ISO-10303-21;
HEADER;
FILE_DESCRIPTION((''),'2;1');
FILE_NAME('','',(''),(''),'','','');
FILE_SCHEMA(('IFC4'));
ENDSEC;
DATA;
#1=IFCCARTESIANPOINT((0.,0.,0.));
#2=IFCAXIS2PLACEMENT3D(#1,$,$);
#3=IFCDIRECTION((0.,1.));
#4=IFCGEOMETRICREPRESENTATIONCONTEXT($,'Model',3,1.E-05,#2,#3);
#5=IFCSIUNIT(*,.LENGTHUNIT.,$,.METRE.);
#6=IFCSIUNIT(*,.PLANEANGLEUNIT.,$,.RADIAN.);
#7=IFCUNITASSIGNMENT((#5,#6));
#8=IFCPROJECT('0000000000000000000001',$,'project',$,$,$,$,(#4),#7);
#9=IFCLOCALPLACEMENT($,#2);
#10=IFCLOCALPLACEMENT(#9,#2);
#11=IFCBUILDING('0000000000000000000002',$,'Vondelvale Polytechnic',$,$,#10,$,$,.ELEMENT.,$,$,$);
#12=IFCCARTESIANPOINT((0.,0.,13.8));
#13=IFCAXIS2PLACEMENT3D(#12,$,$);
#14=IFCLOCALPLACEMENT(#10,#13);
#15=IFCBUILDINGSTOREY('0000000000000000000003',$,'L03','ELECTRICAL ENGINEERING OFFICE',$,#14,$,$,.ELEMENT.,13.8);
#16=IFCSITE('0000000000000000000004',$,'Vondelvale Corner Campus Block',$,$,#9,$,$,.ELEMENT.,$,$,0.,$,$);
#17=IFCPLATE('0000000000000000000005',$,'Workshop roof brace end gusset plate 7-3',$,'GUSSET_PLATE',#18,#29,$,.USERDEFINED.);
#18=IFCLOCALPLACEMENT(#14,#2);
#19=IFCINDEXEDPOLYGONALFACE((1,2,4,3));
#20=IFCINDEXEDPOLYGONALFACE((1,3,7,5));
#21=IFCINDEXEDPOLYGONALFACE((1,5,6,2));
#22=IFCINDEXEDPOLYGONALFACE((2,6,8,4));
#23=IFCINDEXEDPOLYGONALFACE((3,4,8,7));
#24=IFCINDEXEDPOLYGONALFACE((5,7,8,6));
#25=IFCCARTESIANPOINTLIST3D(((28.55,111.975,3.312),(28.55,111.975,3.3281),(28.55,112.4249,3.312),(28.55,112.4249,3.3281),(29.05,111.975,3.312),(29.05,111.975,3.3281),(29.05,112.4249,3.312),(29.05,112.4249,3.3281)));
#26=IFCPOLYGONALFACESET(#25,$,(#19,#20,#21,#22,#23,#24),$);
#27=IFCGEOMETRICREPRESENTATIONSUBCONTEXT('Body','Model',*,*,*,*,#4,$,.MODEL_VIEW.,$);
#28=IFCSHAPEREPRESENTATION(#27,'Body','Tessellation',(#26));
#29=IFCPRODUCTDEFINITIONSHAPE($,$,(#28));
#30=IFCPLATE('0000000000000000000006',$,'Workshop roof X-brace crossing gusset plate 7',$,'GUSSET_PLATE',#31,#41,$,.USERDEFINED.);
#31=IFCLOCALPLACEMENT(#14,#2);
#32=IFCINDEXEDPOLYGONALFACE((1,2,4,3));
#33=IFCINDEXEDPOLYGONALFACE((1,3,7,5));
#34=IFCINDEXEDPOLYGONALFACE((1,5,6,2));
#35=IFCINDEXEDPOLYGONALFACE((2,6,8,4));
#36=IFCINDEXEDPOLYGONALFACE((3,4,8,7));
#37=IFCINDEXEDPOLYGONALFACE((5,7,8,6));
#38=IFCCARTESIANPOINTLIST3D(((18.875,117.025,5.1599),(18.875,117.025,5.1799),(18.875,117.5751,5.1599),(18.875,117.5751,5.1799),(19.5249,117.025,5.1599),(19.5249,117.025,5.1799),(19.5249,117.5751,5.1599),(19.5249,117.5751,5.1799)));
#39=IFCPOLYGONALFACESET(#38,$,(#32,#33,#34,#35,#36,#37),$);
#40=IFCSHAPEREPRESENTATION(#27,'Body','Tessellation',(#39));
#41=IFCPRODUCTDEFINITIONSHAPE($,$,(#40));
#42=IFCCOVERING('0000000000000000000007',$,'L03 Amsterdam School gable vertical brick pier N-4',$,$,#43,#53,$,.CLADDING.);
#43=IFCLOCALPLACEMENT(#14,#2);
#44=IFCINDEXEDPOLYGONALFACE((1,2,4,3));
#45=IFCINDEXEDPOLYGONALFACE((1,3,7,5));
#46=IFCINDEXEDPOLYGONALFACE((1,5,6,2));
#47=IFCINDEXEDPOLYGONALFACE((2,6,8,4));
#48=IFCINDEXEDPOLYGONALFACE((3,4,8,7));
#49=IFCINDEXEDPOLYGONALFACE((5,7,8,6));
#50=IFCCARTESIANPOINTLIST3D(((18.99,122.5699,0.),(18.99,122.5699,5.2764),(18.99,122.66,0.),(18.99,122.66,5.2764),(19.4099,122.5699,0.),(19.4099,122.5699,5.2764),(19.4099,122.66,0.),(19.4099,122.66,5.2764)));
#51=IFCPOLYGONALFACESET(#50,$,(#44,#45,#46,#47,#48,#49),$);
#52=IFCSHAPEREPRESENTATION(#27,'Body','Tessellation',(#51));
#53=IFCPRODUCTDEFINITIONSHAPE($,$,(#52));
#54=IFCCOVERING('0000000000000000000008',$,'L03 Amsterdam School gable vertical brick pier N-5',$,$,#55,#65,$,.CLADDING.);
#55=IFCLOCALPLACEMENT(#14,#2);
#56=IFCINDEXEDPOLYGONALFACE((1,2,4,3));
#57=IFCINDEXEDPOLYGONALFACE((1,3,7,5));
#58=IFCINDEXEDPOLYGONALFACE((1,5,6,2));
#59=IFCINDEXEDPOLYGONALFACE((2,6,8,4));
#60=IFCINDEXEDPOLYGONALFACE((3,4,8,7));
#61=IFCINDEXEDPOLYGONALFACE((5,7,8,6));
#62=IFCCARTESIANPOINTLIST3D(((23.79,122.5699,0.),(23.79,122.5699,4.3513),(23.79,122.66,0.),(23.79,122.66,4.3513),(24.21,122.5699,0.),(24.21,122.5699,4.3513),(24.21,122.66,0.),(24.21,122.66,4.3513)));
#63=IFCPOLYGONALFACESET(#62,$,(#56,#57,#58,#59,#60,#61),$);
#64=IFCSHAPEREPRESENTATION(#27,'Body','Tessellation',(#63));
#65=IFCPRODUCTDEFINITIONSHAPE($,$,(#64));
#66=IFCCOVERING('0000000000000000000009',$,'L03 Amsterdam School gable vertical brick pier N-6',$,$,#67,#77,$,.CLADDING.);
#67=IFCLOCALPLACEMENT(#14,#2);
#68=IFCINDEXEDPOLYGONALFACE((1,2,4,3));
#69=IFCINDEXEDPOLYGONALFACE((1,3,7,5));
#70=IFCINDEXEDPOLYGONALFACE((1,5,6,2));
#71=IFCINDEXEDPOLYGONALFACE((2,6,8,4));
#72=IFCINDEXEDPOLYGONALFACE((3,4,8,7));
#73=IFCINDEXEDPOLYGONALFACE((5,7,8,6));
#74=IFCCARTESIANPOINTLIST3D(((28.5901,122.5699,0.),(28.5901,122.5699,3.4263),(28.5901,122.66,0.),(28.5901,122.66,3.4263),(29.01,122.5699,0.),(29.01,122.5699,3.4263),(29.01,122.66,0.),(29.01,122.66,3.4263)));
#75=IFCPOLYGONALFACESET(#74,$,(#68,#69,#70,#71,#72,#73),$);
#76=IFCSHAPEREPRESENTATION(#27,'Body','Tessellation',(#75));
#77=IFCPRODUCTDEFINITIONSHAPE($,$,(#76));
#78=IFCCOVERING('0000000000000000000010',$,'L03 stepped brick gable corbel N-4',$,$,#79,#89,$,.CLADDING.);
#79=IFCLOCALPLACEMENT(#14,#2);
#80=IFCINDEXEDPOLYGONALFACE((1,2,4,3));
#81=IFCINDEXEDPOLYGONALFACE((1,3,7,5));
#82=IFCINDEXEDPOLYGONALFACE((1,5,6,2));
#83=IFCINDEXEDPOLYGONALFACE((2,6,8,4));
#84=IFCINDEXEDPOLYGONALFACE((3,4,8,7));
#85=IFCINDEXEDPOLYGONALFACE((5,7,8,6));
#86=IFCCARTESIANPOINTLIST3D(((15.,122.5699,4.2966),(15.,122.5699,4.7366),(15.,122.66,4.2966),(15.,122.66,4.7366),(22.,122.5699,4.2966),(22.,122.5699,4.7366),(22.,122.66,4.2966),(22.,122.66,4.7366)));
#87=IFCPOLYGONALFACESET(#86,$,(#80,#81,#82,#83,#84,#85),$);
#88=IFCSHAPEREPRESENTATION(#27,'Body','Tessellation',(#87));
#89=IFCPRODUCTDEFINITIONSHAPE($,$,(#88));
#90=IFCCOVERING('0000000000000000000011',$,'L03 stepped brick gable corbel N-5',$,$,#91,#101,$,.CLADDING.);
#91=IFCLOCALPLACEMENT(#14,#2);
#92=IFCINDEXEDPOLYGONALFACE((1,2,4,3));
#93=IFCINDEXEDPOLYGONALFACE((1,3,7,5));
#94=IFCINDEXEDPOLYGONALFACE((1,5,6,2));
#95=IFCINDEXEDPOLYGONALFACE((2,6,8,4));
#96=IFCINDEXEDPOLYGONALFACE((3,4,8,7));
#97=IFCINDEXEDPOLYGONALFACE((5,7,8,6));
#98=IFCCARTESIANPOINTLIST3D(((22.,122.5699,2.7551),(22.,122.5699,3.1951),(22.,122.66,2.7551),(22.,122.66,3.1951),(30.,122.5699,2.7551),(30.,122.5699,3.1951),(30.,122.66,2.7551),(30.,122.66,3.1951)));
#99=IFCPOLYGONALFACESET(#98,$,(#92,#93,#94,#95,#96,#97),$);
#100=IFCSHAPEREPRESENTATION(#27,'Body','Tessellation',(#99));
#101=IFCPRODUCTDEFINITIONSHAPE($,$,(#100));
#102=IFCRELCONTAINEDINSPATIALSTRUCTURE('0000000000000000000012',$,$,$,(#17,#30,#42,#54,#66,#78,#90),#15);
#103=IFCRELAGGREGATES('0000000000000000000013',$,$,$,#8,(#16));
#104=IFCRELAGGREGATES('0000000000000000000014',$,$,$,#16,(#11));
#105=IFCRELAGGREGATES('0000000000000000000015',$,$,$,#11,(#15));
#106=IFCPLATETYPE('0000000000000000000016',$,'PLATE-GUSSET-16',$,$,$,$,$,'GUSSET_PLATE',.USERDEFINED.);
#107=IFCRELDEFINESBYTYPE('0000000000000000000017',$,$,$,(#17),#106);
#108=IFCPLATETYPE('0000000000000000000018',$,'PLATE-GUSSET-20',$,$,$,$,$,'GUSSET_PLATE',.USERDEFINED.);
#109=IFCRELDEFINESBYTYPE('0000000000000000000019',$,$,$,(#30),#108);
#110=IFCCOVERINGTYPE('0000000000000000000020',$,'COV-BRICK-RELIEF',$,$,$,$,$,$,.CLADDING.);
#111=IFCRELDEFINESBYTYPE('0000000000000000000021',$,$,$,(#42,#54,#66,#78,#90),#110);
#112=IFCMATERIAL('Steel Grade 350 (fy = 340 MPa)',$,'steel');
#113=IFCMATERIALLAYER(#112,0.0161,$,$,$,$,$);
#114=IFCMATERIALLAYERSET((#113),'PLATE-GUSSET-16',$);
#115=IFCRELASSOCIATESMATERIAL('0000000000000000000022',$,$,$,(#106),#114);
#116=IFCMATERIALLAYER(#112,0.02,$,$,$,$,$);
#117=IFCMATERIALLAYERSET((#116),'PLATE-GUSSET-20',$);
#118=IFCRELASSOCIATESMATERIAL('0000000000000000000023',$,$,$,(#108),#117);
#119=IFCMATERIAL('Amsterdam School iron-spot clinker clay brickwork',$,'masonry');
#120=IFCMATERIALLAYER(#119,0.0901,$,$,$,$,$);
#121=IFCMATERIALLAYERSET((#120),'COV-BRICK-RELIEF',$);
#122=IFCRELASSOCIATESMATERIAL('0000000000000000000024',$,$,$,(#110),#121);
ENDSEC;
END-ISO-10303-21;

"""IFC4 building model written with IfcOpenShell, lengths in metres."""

from ifc_helpers import new_model, si_unit, direction, frame, origin, origin_2d, place, context, subcontext, project, spatial, rectangle, extrude, material, layer, layer_set, type_object, element, save


model = new_model("IFC4")

# Units and contexts
model_context = context("Model", 3, precision=1e-05, world=origin(), true_north=direction((0.0, 1.0)))
body_context = subcontext(model_context, "Body", "Model", "MODEL_VIEW")
ifc_project = project(units=[si_unit("LENGTHUNIT", "METRE"), si_unit("PLANEANGLEUNIT", "RADIAN")], contexts=[model_context])

# Site, building, storey
site_placement = place(None, origin())
site = spatial("IfcSite", under=ifc_project, at=site_placement, Name="Vondelvale Corner Campus Block", CompositionType="ELEMENT", RefElevation=0.0)
building_placement = place(site_placement, origin())
building = spatial("IfcBuilding", under=site, at=building_placement, Name="Vondelvale Polytechnic", CompositionType="ELEMENT")
storey_placement = place(building_placement, frame((0.0, 0.0, 13.8)))
storey = spatial("IfcBuildingStorey", under=building, at=storey_placement, Name="L03", Description="ELECTRICAL ENGINEERING OFFICE", CompositionType="ELEMENT", Elevation=13.8)

# Plates
ifc_material_1 = material(Name="Steel Grade 350 (fy = 340 MPa)", Category="steel")
ifc_layer_1 = layer(ifc_material_1, 0.0161)
ifc_layer_set_1 = layer_set([ifc_layer_1], Name="PLATE-GUSSET-16")
plate_type_1 = type_object("IfcPlateType", Name="PLATE-GUSSET-16", ElementType="GUSSET_PLATE", PredefinedType="USERDEFINED", material=ifc_layer_set_1)
for number, where, z_axis, x_axis, name in (
    (1, (28.8, 112.2, 3.312), (0.0, 0.0, 1.0), (1.0, 0.0, 0.0), "Workshop roof brace end gusset plate 7-3"),
):
    element("IfcPlate", number, at=place(storey_placement, frame(where, z_axis=z_axis, x_axis=x_axis)), inside=storey, type_object=plate_type_1, Name=name, ObjectType="GUSSET_PLATE", PredefinedType="USERDEFINED", context=body_context, shape_type="SweptSolid", body=[
        extrude(rectangle(XDim=0.5, YDim=0.45, at=origin_2d()), origin(), (0.0, 0.0, 1.0), 0.0161),
    ])
ifc_layer_2 = layer(ifc_material_1, 0.02)
ifc_layer_set_2 = layer_set([ifc_layer_2], Name="PLATE-GUSSET-20")
plate_type_2 = type_object("IfcPlateType", Name="PLATE-GUSSET-20", ElementType="GUSSET_PLATE", PredefinedType="USERDEFINED", material=ifc_layer_set_2)
plate_placement = place(storey_placement, frame((19.2, 117.3, 5.1599), z_axis=(0.0, 0.0, 1.0), x_axis=(1.0, 0.0, 0.0)))
element("IfcPlate", 2, at=plate_placement, inside=storey, type_object=plate_type_2, Name="Workshop roof X-brace crossing gusset plate 7", ObjectType="GUSSET_PLATE", PredefinedType="USERDEFINED", context=body_context, shape_type="SweptSolid", body=[
    extrude(rectangle(XDim=0.6499, YDim=0.55, at=origin_2d()), origin(), (0.0, 0.0, 1.0), 0.02),
])

# Coverings
ifc_material_2 = material(Name="Amsterdam School iron-spot clinker clay brickwork", Category="masonry")
ifc_layer_3 = layer(ifc_material_2, 0.0901)
ifc_layer_set_3 = layer_set([ifc_layer_3], Name="COV-BRICK-RELIEF")
covering_type = type_object("IfcCoveringType", Name="COV-BRICK-RELIEF", PredefinedType="CLADDING", material=ifc_layer_set_3)
covering_1_placement = place(storey_placement, frame((19.2, 122.615, 0.0), z_axis=(0.0, 0.0, 1.0), x_axis=(1.0, 0.0, 0.0)))
element("IfcCovering", 3, at=covering_1_placement, inside=storey, type_object=covering_type, Name="L03 Amsterdam School gable vertical brick pier N-4", PredefinedType="CLADDING", context=body_context, shape_type="SweptSolid", body=[
    extrude(rectangle(XDim=0.4199, YDim=0.0901, at=origin_2d()), origin(), (0.0, 0.0, 1.0), 5.2764),
])
covering_2_placement = place(storey_placement, frame((24.0, 122.615, 0.0), z_axis=(0.0, 0.0, 1.0), x_axis=(1.0, 0.0, 0.0)))
element("IfcCovering", 4, at=covering_2_placement, inside=storey, type_object=covering_type, Name="L03 Amsterdam School gable vertical brick pier N-5", PredefinedType="CLADDING", context=body_context, shape_type="SweptSolid", body=[
    extrude(rectangle(XDim=0.4199, YDim=0.0901, at=origin_2d()), origin(), (0.0, 0.0, 1.0), 4.3513),
])
covering_3_placement = place(storey_placement, frame((28.8, 122.615, 0.0), z_axis=(0.0, 0.0, 1.0), x_axis=(1.0, 0.0, 0.0)))
element("IfcCovering", 5, at=covering_3_placement, inside=storey, type_object=covering_type, Name="L03 Amsterdam School gable vertical brick pier N-6", PredefinedType="CLADDING", context=body_context, shape_type="SweptSolid", body=[
    extrude(rectangle(XDim=0.4199, YDim=0.0901, at=origin_2d()), origin(), (0.0, 0.0, 1.0), 3.4263),
])
covering_4_placement = place(storey_placement, frame((18.5, 122.615, 4.2966), z_axis=(0.0, 0.0, 1.0), x_axis=(1.0, 0.0, 0.0)))
element("IfcCovering", 6, at=covering_4_placement, inside=storey, type_object=covering_type, Name="L03 stepped brick gable corbel N-4", PredefinedType="CLADDING", context=body_context, shape_type="SweptSolid", body=[
    extrude(rectangle(XDim=7.0, YDim=0.0901, at=origin_2d()), origin(), (0.0, 0.0, 1.0), 0.4399),
])
covering_5_placement = place(storey_placement, frame((26.0, 122.615, 2.7551), z_axis=(0.0, 0.0, 1.0), x_axis=(1.0, 0.0, 0.0)))
element("IfcCovering", 7, at=covering_5_placement, inside=storey, type_object=covering_type, Name="L03 stepped brick gable corbel N-5", PredefinedType="CLADDING", context=body_context, shape_type="SweptSolid", body=[
    extrude(rectangle(XDim=8.0, YDim=0.0901, at=origin_2d()), origin(), (0.0, 0.0, 1.0), 0.4399),
])

save(model, "model.ifc")
